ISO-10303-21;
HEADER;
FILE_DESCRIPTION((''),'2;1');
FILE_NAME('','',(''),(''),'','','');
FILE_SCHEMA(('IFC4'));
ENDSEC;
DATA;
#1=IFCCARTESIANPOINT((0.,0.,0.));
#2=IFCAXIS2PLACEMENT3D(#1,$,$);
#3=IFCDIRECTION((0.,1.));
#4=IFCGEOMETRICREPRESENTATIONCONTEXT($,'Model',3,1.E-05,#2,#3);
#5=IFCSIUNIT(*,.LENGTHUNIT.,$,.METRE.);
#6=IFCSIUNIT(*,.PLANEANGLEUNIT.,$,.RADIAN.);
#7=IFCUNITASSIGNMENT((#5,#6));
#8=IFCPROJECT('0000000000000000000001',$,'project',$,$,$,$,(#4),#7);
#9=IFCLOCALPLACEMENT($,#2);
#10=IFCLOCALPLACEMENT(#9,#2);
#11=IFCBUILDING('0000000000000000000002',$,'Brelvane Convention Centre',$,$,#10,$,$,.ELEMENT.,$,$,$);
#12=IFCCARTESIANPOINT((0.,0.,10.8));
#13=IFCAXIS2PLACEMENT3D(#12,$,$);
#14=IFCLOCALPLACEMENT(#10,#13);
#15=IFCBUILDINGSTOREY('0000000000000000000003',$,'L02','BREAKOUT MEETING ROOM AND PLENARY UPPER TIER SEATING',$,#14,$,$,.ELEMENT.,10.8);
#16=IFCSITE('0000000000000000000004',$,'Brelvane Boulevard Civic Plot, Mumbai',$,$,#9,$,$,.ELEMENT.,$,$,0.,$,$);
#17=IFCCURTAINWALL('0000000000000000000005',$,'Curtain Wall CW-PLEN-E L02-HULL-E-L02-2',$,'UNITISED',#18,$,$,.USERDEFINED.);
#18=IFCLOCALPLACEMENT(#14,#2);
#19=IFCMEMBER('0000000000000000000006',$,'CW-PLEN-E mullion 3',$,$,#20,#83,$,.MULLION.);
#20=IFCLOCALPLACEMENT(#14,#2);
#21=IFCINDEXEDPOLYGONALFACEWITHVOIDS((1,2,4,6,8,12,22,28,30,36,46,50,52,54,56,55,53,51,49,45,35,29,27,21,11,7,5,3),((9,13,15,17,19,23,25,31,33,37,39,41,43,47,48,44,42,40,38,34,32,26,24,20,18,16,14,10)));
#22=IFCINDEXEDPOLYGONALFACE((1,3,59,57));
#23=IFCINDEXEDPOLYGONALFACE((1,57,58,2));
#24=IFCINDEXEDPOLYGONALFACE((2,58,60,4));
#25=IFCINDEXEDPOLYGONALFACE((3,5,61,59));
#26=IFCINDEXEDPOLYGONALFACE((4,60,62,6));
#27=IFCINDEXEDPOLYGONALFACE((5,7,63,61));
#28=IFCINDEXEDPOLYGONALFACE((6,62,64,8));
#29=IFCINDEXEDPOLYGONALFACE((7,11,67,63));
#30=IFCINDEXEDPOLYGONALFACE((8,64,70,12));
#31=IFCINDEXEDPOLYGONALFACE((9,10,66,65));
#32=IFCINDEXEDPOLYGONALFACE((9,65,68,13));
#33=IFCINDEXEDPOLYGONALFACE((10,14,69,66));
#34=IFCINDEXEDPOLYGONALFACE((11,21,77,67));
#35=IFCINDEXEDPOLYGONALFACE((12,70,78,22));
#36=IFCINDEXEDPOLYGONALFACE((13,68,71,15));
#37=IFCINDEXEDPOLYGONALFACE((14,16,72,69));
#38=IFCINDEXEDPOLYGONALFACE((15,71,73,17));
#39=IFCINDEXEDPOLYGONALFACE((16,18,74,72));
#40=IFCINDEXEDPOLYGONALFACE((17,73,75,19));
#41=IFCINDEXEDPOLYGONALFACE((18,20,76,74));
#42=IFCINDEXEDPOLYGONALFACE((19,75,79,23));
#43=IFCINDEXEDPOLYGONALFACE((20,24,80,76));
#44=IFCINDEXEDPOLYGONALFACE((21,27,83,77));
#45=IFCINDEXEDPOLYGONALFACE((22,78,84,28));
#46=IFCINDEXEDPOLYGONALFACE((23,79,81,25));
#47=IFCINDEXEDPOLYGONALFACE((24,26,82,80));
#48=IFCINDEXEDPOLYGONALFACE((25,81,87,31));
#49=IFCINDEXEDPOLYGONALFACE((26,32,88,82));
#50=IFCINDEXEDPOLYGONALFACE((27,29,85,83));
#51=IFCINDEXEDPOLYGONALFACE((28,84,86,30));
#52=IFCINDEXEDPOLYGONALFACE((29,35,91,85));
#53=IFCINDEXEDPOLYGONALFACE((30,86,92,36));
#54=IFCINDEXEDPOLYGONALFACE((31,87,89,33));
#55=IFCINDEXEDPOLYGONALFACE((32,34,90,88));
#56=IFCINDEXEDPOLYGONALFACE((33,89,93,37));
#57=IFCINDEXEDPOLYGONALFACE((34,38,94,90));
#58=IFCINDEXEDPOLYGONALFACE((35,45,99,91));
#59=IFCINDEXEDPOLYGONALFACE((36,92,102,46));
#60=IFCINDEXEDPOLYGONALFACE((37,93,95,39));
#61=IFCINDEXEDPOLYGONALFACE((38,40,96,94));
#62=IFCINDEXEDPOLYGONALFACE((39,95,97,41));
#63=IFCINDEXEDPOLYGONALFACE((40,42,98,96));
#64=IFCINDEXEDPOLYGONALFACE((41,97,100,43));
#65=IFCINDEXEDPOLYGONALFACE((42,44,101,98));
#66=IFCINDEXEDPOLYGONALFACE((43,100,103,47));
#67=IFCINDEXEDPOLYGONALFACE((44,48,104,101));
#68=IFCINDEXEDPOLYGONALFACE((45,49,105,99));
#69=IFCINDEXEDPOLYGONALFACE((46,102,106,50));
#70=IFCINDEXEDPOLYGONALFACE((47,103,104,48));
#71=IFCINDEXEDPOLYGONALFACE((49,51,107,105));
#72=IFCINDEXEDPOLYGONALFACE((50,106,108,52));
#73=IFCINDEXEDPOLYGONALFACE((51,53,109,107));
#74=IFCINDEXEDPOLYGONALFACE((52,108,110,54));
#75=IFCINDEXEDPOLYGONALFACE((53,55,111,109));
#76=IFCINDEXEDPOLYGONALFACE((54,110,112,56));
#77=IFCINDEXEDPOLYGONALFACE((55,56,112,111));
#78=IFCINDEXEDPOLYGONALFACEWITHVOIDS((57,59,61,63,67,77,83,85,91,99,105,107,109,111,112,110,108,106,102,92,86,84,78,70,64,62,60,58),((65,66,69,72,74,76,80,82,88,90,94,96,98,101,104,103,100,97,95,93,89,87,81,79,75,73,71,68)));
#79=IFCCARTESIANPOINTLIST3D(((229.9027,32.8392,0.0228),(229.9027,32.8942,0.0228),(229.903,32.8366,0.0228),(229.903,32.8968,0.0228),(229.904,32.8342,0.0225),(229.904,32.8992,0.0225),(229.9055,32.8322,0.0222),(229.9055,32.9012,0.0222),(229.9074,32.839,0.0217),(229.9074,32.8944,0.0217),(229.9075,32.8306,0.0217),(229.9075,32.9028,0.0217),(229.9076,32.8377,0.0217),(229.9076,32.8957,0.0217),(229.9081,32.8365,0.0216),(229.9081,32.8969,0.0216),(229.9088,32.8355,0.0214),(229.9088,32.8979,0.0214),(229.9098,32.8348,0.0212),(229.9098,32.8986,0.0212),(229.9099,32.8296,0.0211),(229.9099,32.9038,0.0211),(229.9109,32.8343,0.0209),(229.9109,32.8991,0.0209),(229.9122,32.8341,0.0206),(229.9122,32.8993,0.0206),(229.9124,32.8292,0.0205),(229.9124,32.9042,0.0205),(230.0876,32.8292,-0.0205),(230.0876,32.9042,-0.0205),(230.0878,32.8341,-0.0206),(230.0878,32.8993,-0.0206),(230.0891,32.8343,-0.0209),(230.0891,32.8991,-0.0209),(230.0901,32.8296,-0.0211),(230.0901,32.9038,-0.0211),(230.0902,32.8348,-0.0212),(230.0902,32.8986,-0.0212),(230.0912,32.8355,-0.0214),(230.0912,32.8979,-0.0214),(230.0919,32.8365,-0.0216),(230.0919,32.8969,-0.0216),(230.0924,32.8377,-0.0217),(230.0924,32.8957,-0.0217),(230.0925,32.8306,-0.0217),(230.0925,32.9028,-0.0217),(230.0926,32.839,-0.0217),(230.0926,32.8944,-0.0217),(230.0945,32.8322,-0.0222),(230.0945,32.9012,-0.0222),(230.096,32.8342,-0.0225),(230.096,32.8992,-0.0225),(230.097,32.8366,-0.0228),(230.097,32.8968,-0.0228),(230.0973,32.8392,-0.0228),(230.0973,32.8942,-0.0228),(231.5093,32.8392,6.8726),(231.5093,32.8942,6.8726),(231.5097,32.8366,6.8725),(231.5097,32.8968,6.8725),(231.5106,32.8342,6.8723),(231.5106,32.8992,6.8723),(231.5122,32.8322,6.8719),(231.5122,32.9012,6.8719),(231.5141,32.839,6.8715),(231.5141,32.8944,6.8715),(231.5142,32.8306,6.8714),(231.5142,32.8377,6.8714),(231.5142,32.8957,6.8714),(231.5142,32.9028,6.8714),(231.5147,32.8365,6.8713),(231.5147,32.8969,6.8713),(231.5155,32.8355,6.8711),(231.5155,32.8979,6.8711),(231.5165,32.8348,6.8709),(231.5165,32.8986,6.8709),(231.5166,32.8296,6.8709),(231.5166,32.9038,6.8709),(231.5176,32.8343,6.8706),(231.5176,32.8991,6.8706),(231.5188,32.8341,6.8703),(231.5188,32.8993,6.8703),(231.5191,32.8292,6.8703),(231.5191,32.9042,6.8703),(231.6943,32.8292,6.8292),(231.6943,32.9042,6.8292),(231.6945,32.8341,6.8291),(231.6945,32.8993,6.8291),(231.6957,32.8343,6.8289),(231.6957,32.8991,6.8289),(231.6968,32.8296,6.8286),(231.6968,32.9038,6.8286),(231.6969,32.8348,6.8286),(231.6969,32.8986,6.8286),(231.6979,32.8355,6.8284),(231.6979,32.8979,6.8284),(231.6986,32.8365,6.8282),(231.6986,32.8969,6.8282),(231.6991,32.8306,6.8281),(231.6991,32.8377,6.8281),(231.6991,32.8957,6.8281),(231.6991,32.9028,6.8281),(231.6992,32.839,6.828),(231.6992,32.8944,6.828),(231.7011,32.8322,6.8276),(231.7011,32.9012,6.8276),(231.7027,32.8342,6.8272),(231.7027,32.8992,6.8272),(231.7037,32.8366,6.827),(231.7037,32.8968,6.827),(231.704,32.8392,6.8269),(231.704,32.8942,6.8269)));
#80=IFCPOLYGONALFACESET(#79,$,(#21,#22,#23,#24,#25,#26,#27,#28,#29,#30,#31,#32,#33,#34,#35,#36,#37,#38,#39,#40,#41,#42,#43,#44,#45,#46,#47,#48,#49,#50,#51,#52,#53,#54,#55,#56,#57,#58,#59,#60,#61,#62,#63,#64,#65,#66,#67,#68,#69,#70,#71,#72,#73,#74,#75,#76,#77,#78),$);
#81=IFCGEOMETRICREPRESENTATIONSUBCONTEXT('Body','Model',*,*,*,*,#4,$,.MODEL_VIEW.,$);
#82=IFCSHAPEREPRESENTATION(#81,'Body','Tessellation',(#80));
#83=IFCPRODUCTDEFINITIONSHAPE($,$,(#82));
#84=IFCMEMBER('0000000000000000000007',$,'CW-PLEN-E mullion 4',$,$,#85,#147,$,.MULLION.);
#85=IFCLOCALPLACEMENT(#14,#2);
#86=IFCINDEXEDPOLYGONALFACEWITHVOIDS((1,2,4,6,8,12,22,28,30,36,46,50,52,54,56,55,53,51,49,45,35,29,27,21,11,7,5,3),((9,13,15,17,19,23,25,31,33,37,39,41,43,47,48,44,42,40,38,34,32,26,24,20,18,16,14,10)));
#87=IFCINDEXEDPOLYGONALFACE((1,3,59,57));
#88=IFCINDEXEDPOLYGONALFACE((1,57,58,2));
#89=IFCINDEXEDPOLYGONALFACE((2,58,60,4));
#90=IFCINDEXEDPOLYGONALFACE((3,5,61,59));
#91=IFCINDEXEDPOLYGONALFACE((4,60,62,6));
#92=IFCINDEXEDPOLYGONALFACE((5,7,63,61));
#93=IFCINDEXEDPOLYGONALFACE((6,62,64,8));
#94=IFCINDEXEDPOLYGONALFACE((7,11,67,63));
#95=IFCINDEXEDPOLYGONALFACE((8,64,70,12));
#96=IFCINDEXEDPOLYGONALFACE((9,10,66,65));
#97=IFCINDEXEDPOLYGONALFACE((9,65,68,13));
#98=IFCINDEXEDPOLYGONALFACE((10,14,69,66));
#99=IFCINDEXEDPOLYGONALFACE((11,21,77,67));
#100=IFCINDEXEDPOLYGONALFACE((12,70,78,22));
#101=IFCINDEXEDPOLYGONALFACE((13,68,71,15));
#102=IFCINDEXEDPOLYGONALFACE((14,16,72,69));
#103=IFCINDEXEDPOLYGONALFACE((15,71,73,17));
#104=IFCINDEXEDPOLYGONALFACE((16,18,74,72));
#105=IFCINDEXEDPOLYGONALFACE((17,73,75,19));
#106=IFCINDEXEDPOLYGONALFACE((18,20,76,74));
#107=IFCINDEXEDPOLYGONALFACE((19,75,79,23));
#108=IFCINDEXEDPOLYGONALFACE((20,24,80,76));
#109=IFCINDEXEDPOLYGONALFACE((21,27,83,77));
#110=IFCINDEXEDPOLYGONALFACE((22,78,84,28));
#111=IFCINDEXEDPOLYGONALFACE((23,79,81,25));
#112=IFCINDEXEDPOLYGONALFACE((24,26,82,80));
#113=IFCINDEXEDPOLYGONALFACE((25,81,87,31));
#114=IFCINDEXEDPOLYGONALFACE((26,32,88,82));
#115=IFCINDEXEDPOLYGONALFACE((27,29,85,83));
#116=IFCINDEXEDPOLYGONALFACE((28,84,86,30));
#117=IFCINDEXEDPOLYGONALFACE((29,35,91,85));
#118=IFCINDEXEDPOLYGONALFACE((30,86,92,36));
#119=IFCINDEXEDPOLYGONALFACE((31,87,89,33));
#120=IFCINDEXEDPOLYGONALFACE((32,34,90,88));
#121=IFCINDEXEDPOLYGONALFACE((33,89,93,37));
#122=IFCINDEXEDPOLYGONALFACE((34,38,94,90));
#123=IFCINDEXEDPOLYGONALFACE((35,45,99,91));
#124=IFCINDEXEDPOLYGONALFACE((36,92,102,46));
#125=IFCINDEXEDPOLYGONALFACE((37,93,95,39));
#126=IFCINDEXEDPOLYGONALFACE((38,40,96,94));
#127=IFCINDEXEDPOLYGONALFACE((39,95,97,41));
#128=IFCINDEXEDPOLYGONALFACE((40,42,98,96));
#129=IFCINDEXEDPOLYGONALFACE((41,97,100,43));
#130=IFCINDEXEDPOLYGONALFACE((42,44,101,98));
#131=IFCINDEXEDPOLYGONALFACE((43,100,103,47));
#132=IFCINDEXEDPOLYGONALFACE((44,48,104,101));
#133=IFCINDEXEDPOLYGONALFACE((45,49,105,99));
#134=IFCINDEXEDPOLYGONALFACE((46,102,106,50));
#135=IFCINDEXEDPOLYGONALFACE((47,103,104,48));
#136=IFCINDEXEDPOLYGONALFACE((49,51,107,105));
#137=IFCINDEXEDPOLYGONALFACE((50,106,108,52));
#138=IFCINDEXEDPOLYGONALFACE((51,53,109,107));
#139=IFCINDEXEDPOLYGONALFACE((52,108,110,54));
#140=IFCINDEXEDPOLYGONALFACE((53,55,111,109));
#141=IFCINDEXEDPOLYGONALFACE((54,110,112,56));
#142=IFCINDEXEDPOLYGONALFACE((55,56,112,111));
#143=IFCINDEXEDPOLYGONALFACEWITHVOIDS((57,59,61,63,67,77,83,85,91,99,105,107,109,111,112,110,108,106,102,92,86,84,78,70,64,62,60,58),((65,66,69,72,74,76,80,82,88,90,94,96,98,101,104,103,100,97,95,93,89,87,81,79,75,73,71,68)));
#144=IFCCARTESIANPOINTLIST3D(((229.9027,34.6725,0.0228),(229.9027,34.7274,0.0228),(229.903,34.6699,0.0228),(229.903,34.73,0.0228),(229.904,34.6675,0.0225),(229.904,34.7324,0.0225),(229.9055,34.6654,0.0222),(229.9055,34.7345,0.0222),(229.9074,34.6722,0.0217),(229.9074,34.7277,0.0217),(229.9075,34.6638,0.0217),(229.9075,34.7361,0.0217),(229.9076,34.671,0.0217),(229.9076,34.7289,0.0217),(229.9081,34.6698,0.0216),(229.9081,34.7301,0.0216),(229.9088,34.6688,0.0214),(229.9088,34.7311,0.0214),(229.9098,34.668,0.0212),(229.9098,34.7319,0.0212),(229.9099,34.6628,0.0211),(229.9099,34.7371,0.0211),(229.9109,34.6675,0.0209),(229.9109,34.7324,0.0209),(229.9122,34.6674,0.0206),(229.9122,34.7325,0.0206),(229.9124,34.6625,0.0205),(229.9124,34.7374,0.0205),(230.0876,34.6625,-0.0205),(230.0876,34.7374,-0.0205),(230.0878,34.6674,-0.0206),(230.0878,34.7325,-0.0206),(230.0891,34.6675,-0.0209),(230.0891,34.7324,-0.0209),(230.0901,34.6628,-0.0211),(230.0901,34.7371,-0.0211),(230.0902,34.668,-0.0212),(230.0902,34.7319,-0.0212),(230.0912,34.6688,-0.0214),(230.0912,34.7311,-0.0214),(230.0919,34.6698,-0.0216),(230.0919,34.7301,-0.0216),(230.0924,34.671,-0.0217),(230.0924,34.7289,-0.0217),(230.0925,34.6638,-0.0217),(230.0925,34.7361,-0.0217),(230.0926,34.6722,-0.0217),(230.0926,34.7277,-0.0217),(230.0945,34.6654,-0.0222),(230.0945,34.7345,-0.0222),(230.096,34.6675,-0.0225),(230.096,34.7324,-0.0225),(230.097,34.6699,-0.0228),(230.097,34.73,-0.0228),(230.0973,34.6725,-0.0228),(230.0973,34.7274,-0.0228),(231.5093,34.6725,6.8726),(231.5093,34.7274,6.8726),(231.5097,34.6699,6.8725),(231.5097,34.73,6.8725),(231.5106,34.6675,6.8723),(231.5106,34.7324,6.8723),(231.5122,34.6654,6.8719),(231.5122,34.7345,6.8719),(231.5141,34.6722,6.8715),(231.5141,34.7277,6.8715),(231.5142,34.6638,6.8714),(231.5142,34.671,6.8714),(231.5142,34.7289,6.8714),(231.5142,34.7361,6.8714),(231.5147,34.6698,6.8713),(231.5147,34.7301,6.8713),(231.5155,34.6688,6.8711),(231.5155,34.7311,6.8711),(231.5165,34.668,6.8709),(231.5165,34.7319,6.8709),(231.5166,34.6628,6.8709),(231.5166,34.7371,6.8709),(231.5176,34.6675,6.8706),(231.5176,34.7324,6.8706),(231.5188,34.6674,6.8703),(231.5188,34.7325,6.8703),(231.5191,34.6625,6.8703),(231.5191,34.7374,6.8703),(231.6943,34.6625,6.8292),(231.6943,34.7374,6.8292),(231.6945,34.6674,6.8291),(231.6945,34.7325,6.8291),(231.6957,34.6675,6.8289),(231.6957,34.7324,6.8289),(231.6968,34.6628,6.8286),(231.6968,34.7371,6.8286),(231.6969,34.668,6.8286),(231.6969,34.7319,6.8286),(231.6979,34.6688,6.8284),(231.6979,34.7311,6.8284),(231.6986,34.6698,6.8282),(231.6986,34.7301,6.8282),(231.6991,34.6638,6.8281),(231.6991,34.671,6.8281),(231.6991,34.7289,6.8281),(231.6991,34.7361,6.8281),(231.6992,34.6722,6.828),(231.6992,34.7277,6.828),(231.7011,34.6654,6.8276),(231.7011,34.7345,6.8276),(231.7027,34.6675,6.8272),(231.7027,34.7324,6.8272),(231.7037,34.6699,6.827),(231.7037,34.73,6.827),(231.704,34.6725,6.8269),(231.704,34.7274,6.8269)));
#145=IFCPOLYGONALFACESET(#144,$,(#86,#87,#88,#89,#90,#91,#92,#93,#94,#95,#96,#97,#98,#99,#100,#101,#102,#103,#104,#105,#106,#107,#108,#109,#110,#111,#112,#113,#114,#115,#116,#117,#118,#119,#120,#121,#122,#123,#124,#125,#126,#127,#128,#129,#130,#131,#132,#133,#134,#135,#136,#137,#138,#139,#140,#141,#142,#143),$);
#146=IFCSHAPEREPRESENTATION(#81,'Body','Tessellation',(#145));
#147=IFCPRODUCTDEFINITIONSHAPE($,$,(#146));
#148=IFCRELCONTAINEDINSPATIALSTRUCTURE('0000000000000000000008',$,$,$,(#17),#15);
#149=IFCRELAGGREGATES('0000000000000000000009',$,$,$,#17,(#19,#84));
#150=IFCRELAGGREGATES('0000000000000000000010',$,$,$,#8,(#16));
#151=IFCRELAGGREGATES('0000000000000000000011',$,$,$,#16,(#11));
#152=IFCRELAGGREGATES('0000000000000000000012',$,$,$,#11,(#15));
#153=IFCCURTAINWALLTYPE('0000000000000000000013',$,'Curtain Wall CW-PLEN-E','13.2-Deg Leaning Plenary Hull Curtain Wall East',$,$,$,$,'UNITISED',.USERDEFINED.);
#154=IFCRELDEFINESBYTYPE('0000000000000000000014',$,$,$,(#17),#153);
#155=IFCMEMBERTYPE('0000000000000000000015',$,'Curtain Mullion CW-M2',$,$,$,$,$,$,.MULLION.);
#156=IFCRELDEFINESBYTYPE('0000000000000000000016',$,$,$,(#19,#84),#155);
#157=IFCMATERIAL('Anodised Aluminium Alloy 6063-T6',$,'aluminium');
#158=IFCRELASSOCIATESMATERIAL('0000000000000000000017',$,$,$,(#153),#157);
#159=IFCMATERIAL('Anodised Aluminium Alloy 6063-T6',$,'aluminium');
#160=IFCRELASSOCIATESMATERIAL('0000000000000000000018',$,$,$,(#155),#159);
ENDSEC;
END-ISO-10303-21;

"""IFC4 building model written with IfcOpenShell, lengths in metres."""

from ifc_helpers import new_model, si_unit, direction, frame, origin, origin_2d, place, context, subcontext, project, spatial, hollow_rectangle, extrude, material, material_profile, profile_set, type_object, element, aggregate, save


model = new_model("IFC4")

# Units and contexts
model_context = context("Model", 3, precision=1e-05, world=origin(), true_north=direction((0.0, 1.0)))
body_context = subcontext(model_context, "Body", "Model", "MODEL_VIEW")
ifc_project = project(units=[si_unit("LENGTHUNIT", "METRE"), si_unit("PLANEANGLEUNIT", "RADIAN")], contexts=[model_context])

# Site, building, storey
site_placement = place(None, origin())
site = spatial("IfcSite", under=ifc_project, at=site_placement, Name="Brelvane Boulevard Civic Plot, Mumbai", CompositionType="ELEMENT", RefElevation=0.0)
building_placement = place(site_placement, origin())
building = spatial("IfcBuilding", under=site, at=building_placement, Name="Brelvane Convention Centre", CompositionType="ELEMENT")
storey_placement = place(building_placement, frame((0.0, 0.0, 10.8)))
storey = spatial("IfcBuildingStorey", under=building, at=storey_placement, Name="L02", Description="BREAKOUT MEETING ROOM AND PLENARY UPPER TIER SEATING", CompositionType="ELEMENT", Elevation=10.8)

# Curtain wall, members
ifc_material_1 = material(Name="Anodised Aluminium Alloy 6063-T6", Category="aluminium")
curtain_wall_type = type_object("IfcCurtainWallType", Name="Curtain Wall CW-PLEN-E", Description="13.2-Deg Leaning Plenary Hull Curtain Wall East", ElementType="UNITISED", PredefinedType="USERDEFINED", material=ifc_material_1)
curtain_wall_1_placement = place(storey_placement, origin())
curtain_wall_1 = element("IfcCurtainWall", 1, at=curtain_wall_1_placement, inside=storey, type_object=curtain_wall_type, Name="Curtain Wall CW-PLEN-E L02-HULL-E-L02-2", ObjectType="UNITISED", PredefinedType="USERDEFINED")
ifc_material_2 = material(Name="Anodised Aluminium Alloy 6063-T6", Category="aluminium")
ifc_material_profile_1 = material_profile(ifc_material_2, hollow_rectangle(XDim=0.075, YDim=0.2, WallThickness=0.0049, InnerFilletRadius=0.0049, OuterFilletRadius=0.01, at=origin_2d()), Name="ALU-M 200x75x5.0")
ifc_profile_set_1 = profile_set([ifc_material_profile_1], Name="Anodised Aluminium Alloy 6063-T6")
member_type_1 = type_object("IfcMemberType", Name="Curtain Mullion CW-M2", PredefinedType="MULLION", material=ifc_profile_set_1)
member_1_placement = place(storey_placement, frame((230.0, 32.8667, 0.0), z_axis=(0.22836, 0.0, 0.973577), x_axis=(0.0, 1.0, 0.0)))
member_1 = element("IfcMember", 2, at=member_1_placement, type_object=member_type_1, Name="CW-PLEN-E mullion 3", PredefinedType="MULLION", context=body_context, shape_type="SweptSolid", body=[
    extrude(hollow_rectangle(XDim=0.075, YDim=0.2, WallThickness=0.0049, InnerFilletRadius=0.0049, OuterFilletRadius=0.01, at=origin_2d()), origin(), (0.0, 0.0, 1.0), 7.0356),
])
member_2_placement = place(storey_placement, frame((230.0, 34.7, 0.0), z_axis=(0.22836, 0.0, 0.973577), x_axis=(0.0, 1.0, 0.0)))
member_2 = element("IfcMember", 3, at=member_2_placement, type_object=member_type_1, Name="CW-PLEN-E mullion 4", PredefinedType="MULLION", context=body_context, shape_type="SweptSolid", body=[
    extrude(hollow_rectangle(XDim=0.075, YDim=0.2, WallThickness=0.0049, InnerFilletRadius=0.0049, OuterFilletRadius=0.01, at=origin_2d()), origin(), (0.0, 0.0, 1.0), 7.0356),
])

aggregate(curtain_wall_1, [member_1, member_2])

save(model, "model.ifc")
